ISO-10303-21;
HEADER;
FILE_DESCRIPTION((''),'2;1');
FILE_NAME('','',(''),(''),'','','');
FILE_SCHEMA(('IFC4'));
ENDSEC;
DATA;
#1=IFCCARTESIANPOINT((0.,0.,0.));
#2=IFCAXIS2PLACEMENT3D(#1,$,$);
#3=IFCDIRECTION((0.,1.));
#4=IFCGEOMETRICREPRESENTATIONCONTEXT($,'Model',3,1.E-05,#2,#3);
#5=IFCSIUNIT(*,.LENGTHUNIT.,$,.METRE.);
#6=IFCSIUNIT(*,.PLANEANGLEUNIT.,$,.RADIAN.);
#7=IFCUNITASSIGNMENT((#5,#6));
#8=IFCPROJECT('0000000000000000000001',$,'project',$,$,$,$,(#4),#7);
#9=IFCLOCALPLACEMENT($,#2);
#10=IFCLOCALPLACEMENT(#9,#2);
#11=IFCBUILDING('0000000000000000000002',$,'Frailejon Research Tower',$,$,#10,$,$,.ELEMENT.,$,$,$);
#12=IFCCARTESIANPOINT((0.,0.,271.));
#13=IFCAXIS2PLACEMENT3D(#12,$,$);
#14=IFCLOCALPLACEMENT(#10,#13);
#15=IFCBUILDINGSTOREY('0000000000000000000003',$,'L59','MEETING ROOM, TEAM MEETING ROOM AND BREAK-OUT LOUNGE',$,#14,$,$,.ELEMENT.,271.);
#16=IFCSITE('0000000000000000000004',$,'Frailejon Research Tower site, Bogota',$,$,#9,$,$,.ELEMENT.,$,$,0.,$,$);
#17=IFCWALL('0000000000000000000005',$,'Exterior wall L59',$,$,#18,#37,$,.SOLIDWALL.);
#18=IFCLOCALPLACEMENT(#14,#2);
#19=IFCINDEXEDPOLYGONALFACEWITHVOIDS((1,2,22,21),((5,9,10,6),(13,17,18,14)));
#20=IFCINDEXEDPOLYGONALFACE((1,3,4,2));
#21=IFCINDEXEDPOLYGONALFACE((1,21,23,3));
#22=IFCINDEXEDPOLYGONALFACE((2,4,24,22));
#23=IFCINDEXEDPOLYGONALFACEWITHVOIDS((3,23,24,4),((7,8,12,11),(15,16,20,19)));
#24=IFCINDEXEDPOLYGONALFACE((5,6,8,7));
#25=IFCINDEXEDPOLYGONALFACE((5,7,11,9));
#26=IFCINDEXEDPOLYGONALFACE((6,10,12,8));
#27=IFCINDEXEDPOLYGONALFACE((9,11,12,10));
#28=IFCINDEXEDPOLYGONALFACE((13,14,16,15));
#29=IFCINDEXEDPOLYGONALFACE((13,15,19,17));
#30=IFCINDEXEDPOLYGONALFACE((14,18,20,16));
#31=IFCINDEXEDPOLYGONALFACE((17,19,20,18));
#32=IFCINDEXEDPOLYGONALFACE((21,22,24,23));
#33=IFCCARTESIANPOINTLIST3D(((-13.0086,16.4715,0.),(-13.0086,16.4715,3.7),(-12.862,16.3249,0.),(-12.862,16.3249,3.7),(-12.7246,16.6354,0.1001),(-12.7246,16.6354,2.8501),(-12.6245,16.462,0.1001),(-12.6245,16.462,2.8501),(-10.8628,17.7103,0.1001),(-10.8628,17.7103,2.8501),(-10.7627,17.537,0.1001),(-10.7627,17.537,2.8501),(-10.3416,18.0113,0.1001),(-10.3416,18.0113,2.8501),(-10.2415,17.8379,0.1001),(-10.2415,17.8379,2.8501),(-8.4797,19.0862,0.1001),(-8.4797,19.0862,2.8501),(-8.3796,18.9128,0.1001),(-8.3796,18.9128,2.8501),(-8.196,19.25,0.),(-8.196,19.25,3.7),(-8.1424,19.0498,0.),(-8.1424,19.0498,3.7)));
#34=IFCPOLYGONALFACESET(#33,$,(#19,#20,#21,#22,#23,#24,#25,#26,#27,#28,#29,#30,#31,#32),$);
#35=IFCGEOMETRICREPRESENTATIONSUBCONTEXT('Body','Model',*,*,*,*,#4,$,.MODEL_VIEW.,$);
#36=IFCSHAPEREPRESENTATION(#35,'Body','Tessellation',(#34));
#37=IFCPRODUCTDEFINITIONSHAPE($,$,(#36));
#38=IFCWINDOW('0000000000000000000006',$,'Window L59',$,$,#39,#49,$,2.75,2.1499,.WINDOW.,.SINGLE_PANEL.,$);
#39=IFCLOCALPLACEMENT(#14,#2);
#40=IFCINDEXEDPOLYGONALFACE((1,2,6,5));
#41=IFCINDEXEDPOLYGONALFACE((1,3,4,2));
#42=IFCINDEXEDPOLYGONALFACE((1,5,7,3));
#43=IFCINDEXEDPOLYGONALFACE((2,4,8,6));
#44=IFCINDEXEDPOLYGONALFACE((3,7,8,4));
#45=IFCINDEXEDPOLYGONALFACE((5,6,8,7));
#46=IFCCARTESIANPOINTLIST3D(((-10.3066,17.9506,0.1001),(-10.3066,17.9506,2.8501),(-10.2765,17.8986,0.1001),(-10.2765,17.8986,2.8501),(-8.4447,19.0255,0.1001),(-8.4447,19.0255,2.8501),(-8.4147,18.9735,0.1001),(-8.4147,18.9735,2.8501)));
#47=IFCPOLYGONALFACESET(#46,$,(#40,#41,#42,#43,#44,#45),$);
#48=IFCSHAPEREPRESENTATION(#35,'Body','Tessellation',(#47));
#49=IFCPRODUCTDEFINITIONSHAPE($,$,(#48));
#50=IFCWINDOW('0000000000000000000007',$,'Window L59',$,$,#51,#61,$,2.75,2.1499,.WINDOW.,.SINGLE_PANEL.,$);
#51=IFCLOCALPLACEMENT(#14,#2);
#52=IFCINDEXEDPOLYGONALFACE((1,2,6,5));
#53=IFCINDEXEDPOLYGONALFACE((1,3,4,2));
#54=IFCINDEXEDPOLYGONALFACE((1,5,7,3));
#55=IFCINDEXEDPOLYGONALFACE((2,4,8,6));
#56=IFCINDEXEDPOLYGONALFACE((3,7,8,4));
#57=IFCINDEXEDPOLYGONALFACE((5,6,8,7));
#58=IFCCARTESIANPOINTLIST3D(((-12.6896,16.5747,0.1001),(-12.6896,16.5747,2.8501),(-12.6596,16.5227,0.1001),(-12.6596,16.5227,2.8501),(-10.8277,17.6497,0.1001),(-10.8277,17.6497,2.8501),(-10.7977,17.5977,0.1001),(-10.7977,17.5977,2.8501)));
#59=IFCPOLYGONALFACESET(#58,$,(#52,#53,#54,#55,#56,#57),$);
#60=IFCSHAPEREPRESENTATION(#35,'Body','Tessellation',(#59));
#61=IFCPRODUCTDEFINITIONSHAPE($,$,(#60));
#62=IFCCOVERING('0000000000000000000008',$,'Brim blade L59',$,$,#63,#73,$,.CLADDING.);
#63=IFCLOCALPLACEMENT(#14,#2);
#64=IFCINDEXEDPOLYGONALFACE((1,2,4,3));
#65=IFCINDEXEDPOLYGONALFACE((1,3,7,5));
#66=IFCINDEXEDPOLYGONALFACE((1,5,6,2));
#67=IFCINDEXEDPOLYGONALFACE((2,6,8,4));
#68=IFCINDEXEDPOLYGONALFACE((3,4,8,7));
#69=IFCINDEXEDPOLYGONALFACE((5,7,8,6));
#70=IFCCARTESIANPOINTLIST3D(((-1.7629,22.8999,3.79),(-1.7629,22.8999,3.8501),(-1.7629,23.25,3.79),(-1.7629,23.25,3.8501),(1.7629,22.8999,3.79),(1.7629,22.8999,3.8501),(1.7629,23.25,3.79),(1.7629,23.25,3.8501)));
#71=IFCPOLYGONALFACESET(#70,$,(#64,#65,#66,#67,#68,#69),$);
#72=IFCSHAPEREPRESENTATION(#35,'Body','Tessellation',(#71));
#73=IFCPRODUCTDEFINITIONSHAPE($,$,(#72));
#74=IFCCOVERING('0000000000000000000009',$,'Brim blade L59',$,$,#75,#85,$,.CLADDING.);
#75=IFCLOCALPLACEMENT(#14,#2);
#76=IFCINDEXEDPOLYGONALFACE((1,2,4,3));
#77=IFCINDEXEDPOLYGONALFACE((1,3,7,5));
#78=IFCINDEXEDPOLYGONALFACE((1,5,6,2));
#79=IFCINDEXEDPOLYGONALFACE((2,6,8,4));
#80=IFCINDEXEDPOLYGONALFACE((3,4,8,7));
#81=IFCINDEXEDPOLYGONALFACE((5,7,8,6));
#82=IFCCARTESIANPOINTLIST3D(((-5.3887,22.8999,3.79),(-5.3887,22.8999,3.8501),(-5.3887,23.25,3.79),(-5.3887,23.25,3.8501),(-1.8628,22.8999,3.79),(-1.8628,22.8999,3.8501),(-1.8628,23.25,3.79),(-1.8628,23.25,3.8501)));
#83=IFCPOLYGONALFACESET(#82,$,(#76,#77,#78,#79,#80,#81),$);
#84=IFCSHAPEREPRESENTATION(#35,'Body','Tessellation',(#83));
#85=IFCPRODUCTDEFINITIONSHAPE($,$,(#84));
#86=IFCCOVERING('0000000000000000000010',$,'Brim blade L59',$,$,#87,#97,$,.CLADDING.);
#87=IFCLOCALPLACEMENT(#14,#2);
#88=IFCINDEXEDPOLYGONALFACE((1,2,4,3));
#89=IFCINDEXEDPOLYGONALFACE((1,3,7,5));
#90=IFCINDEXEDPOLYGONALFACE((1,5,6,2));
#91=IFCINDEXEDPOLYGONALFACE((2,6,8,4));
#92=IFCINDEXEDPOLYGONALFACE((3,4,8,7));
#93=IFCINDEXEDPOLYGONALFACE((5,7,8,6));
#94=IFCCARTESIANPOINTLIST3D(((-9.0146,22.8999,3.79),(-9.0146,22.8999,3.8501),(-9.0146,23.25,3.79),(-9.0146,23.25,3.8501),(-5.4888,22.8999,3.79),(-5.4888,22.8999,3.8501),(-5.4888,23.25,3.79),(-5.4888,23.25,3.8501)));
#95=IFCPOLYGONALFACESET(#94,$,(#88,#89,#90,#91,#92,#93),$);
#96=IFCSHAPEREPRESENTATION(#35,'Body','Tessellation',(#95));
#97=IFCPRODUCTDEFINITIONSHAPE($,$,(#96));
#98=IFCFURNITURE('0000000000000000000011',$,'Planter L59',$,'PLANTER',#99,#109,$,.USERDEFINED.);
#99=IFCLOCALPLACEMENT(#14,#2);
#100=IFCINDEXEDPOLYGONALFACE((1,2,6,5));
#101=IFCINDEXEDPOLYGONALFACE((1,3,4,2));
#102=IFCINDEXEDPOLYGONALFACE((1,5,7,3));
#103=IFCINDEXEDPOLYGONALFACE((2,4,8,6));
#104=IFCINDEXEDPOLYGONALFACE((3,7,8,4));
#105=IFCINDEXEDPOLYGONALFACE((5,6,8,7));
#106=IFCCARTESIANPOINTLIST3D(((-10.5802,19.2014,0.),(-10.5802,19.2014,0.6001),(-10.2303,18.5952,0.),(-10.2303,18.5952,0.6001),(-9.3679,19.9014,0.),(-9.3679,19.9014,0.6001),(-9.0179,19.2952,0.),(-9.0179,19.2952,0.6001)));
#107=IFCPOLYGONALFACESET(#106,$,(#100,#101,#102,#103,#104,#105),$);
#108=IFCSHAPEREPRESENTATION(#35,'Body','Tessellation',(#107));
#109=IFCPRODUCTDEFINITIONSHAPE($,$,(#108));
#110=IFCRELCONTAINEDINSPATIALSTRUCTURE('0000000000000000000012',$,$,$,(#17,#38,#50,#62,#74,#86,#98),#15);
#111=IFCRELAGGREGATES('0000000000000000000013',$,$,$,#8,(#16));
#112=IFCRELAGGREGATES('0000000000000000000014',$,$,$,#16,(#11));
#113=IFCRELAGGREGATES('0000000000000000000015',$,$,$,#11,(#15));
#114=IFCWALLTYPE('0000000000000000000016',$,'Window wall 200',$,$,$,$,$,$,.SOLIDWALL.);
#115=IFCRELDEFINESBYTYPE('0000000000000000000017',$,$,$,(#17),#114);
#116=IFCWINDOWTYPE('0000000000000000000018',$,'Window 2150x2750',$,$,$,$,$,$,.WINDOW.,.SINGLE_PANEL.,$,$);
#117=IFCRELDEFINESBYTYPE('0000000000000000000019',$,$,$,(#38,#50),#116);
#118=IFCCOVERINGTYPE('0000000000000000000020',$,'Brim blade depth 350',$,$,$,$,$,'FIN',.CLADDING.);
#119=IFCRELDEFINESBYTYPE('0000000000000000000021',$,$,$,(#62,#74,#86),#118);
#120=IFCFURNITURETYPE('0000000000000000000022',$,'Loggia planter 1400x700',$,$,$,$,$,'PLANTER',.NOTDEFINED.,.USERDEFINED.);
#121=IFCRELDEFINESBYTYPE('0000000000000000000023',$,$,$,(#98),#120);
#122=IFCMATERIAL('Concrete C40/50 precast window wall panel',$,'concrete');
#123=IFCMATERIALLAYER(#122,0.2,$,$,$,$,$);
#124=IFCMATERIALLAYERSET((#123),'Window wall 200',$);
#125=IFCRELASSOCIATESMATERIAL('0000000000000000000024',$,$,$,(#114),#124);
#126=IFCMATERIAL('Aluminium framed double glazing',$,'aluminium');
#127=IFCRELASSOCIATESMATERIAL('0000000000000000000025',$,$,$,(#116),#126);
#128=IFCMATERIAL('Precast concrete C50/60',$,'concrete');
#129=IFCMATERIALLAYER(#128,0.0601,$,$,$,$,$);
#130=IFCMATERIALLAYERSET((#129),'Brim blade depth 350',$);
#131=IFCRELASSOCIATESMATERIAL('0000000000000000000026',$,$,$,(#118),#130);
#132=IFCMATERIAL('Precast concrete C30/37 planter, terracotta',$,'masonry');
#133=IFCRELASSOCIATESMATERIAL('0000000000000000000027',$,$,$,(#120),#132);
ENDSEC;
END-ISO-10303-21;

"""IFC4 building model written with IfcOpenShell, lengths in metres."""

from ifc_helpers import new_model, si_unit, direction, frame, frame_2d, origin, origin_2d, place, context, subcontext, project, spatial, polyline, rectangle, outline, extrude, material, layer, layer_set, type_object, element, fill, save


model = new_model("IFC4")

# Units and contexts
model_context = context("Model", 3, precision=1e-05, world=origin(), true_north=direction((0.0, 1.0)))
body_context = subcontext(model_context, "Body", "Model", "MODEL_VIEW")
ifc_project = project(units=[si_unit("LENGTHUNIT", "METRE"), si_unit("PLANEANGLEUNIT", "RADIAN")], contexts=[model_context])

# Site, building, storey
site_placement = place(None, origin())
site = spatial("IfcSite", under=ifc_project, at=site_placement, Name="Frailejon Research Tower site, Bogota", CompositionType="ELEMENT", RefElevation=0.0)
building_placement = place(site_placement, origin())
building = spatial("IfcBuilding", under=site, at=building_placement, Name="Frailejon Research Tower", CompositionType="ELEMENT")
storey_placement = place(building_placement, frame((0.0, 0.0, 271.0)))
storey = spatial("IfcBuildingStorey", under=building, at=storey_placement, Name="L59", Description="MEETING ROOM, TEAM MEETING ROOM AND BREAK-OUT LOUNGE", CompositionType="ELEMENT", Elevation=271.0)

# Wall, openings, windows
ifc_material_1 = material(Name="Concrete C40/50 precast window wall panel", Category="concrete")
ifc_layer_1 = layer(ifc_material_1, 0.2)
ifc_layer_set_1 = layer_set([ifc_layer_1], Name="Window wall 200")
wall_type = type_object("IfcWallType", Name="Window wall 200", PredefinedType="SOLIDWALL", material=ifc_layer_set_1)
wall_placement = place(storey_placement, frame((-8.1692, 19.1499, 0.0), z_axis=(0.0, 0.0, 1.0), x_axis=(-0.866026, -0.499999, 0.0)))
wall = element("IfcWall", 1, at=wall_placement, inside=storey, type_object=wall_type, Name="Exterior wall L59", PredefinedType="SOLIDWALL", context=body_context, shape_type="SweptSolid", body=[
    extrude(outline(polyline([(-0.0269, -0.1001), (1.0845, -0.1001), (2.196, -0.1001), (3.3074, -0.1001), (4.4189, -0.1001), (5.5303, -0.1001), (5.4766, 0.1001), (4.3867, 0.1001), (3.2966, 0.1001), (2.2068, 0.1001), (1.1167, 0.1001), (0.0269, 0.1001), (-0.0269, -0.1001)])), origin(), (0.0, 0.0, 1.0), 3.7),
])
opening_1_placement = place(wall_placement, frame((0.3008, 0.0, 0.1001)))
opening_1 = element("IfcOpeningElement", 2, at=opening_1_placement, cuts=wall, PredefinedType="OPENING", context=body_context, shape_type="SweptSolid", body=[
    extrude(rectangle(XDim=2.1499, YDim=2.75, at=frame_2d((1.075, 1.375))), frame((0.0, 0.1099, 0.0), z_axis=(0.0, -1.0, 0.0), x_axis=(1.0, 0.0, 0.0)), (0.0, 0.0, 1.0), 0.22),
])
opening_2_placement = place(wall_placement, frame((3.0525, 0.0, 0.1001)))
opening_2 = element("IfcOpeningElement", 3, at=opening_2_placement, cuts=wall, PredefinedType="OPENING", context=body_context, shape_type="SweptSolid", body=[
    extrude(rectangle(XDim=2.1499, YDim=2.75, at=frame_2d((1.075, 1.375))), frame((0.0, 0.1099, 0.0), z_axis=(0.0, -1.0, 0.0), x_axis=(1.0, 0.0, 0.0)), (0.0, 0.0, 1.0), 0.22),
])
ifc_material_2 = material(Name="Aluminium framed double glazing", Category="aluminium")
window_type = type_object("IfcWindowType", Name="Window 2150x2750", PartitioningType="SINGLE_PANEL", PredefinedType="WINDOW", material=ifc_material_2)
window_1_placement = place(opening_1_placement, origin())
window_1 = element("IfcWindow", 4, at=window_1_placement, inside=storey, type_object=window_type, Name="Window L59", OverallHeight=2.75, OverallWidth=2.1499, PartitioningType="SINGLE_PANEL", PredefinedType="WINDOW", context=body_context, shape_type="SweptSolid", body=[
    extrude(rectangle(XDim=2.1499, YDim=2.75, at=frame_2d((1.075, 1.375))), frame((0.0, 0.03, 0.0), z_axis=(0.0, -1.0, 0.0), x_axis=(1.0, 0.0, 0.0)), (0.0, 0.0, 1.0), 0.0601),
])
fill(opening_1, window_1)
window_2_placement = place(opening_2_placement, origin())
window_2 = element("IfcWindow", 5, at=window_2_placement, inside=storey, type_object=window_type, Name="Window L59", OverallHeight=2.75, OverallWidth=2.1499, PartitioningType="SINGLE_PANEL", PredefinedType="WINDOW", context=body_context, shape_type="SweptSolid", body=[
    extrude(rectangle(XDim=2.1499, YDim=2.75, at=frame_2d((1.075, 1.375))), frame((0.0, 0.03, 0.0), z_axis=(0.0, -1.0, 0.0), x_axis=(1.0, 0.0, 0.0)), (0.0, 0.0, 1.0), 0.0601),
])
fill(opening_2, window_2)

# Coverings
ifc_material_3 = material(Name="Precast concrete C50/60", Category="concrete")
ifc_layer_2 = layer(ifc_material_3, 0.0601)
ifc_layer_set_2 = layer_set([ifc_layer_2], Name="Brim blade depth 350")
covering_type = type_object("IfcCoveringType", Name="Brim blade depth 350", ElementType="FIN", PredefinedType="CLADDING", material=ifc_layer_set_2)
for number, where, z_axis, x_axis, name in (
    (6, (-1.7629, 22.8999, 3.8501), (1.0, 0.0, 0.0), (0.0, 1.0, 0.0), "Brim blade L59"),
    (7, (-5.3887, 22.8999, 3.8501), (1.0, 0.0, 0.0), (0.0, 1.0, 0.0), "Brim blade L59"),
    (8, (-9.0146, 22.8999, 3.8501), (1.0, 0.0, 0.0), (0.0, 1.0, 0.0), "Brim blade L59"),
):
    element("IfcCovering", number, at=place(storey_placement, frame(where, z_axis=z_axis, x_axis=x_axis)), inside=storey, type_object=covering_type, Name=name, PredefinedType="CLADDING", context=body_context, shape_type="SweptSolid", body=[
        extrude(outline(polyline([(0.0, -0.0601), (0.3501, -0.0601), (0.3501, 0.0), (0.0, 0.0), (0.0, -0.0601)])), origin(), (0.0, 0.0, 1.0), 3.5259),
    ])

# Furniture
ifc_material_4 = material(Name="Precast concrete C30/37 planter, terracotta", Category="masonry")
furniture_type = type_object("IfcFurnitureType", Name="Loggia planter 1400x700", ElementType="PLANTER", AssemblyPlace="NOTDEFINED", PredefinedType="USERDEFINED", material=ifc_material_4)
furniture_placement = place(storey_placement, frame((-9.7991, 19.2483, 0.0), z_axis=(0.0, 0.0, 1.0), x_axis=(-0.866025, -0.5, 0.0)))
element("IfcFurniture", 9, at=furniture_placement, inside=storey, type_object=furniture_type, Name="Planter L59", ObjectType="PLANTER", PredefinedType="USERDEFINED", context=body_context, shape_type="SweptSolid", body=[
    extrude(rectangle(XDim=1.3999, YDim=0.7, at=origin_2d()), origin(), (0.0, 0.0, 1.0), 0.6001),
])

save(model, "model.ifc")
